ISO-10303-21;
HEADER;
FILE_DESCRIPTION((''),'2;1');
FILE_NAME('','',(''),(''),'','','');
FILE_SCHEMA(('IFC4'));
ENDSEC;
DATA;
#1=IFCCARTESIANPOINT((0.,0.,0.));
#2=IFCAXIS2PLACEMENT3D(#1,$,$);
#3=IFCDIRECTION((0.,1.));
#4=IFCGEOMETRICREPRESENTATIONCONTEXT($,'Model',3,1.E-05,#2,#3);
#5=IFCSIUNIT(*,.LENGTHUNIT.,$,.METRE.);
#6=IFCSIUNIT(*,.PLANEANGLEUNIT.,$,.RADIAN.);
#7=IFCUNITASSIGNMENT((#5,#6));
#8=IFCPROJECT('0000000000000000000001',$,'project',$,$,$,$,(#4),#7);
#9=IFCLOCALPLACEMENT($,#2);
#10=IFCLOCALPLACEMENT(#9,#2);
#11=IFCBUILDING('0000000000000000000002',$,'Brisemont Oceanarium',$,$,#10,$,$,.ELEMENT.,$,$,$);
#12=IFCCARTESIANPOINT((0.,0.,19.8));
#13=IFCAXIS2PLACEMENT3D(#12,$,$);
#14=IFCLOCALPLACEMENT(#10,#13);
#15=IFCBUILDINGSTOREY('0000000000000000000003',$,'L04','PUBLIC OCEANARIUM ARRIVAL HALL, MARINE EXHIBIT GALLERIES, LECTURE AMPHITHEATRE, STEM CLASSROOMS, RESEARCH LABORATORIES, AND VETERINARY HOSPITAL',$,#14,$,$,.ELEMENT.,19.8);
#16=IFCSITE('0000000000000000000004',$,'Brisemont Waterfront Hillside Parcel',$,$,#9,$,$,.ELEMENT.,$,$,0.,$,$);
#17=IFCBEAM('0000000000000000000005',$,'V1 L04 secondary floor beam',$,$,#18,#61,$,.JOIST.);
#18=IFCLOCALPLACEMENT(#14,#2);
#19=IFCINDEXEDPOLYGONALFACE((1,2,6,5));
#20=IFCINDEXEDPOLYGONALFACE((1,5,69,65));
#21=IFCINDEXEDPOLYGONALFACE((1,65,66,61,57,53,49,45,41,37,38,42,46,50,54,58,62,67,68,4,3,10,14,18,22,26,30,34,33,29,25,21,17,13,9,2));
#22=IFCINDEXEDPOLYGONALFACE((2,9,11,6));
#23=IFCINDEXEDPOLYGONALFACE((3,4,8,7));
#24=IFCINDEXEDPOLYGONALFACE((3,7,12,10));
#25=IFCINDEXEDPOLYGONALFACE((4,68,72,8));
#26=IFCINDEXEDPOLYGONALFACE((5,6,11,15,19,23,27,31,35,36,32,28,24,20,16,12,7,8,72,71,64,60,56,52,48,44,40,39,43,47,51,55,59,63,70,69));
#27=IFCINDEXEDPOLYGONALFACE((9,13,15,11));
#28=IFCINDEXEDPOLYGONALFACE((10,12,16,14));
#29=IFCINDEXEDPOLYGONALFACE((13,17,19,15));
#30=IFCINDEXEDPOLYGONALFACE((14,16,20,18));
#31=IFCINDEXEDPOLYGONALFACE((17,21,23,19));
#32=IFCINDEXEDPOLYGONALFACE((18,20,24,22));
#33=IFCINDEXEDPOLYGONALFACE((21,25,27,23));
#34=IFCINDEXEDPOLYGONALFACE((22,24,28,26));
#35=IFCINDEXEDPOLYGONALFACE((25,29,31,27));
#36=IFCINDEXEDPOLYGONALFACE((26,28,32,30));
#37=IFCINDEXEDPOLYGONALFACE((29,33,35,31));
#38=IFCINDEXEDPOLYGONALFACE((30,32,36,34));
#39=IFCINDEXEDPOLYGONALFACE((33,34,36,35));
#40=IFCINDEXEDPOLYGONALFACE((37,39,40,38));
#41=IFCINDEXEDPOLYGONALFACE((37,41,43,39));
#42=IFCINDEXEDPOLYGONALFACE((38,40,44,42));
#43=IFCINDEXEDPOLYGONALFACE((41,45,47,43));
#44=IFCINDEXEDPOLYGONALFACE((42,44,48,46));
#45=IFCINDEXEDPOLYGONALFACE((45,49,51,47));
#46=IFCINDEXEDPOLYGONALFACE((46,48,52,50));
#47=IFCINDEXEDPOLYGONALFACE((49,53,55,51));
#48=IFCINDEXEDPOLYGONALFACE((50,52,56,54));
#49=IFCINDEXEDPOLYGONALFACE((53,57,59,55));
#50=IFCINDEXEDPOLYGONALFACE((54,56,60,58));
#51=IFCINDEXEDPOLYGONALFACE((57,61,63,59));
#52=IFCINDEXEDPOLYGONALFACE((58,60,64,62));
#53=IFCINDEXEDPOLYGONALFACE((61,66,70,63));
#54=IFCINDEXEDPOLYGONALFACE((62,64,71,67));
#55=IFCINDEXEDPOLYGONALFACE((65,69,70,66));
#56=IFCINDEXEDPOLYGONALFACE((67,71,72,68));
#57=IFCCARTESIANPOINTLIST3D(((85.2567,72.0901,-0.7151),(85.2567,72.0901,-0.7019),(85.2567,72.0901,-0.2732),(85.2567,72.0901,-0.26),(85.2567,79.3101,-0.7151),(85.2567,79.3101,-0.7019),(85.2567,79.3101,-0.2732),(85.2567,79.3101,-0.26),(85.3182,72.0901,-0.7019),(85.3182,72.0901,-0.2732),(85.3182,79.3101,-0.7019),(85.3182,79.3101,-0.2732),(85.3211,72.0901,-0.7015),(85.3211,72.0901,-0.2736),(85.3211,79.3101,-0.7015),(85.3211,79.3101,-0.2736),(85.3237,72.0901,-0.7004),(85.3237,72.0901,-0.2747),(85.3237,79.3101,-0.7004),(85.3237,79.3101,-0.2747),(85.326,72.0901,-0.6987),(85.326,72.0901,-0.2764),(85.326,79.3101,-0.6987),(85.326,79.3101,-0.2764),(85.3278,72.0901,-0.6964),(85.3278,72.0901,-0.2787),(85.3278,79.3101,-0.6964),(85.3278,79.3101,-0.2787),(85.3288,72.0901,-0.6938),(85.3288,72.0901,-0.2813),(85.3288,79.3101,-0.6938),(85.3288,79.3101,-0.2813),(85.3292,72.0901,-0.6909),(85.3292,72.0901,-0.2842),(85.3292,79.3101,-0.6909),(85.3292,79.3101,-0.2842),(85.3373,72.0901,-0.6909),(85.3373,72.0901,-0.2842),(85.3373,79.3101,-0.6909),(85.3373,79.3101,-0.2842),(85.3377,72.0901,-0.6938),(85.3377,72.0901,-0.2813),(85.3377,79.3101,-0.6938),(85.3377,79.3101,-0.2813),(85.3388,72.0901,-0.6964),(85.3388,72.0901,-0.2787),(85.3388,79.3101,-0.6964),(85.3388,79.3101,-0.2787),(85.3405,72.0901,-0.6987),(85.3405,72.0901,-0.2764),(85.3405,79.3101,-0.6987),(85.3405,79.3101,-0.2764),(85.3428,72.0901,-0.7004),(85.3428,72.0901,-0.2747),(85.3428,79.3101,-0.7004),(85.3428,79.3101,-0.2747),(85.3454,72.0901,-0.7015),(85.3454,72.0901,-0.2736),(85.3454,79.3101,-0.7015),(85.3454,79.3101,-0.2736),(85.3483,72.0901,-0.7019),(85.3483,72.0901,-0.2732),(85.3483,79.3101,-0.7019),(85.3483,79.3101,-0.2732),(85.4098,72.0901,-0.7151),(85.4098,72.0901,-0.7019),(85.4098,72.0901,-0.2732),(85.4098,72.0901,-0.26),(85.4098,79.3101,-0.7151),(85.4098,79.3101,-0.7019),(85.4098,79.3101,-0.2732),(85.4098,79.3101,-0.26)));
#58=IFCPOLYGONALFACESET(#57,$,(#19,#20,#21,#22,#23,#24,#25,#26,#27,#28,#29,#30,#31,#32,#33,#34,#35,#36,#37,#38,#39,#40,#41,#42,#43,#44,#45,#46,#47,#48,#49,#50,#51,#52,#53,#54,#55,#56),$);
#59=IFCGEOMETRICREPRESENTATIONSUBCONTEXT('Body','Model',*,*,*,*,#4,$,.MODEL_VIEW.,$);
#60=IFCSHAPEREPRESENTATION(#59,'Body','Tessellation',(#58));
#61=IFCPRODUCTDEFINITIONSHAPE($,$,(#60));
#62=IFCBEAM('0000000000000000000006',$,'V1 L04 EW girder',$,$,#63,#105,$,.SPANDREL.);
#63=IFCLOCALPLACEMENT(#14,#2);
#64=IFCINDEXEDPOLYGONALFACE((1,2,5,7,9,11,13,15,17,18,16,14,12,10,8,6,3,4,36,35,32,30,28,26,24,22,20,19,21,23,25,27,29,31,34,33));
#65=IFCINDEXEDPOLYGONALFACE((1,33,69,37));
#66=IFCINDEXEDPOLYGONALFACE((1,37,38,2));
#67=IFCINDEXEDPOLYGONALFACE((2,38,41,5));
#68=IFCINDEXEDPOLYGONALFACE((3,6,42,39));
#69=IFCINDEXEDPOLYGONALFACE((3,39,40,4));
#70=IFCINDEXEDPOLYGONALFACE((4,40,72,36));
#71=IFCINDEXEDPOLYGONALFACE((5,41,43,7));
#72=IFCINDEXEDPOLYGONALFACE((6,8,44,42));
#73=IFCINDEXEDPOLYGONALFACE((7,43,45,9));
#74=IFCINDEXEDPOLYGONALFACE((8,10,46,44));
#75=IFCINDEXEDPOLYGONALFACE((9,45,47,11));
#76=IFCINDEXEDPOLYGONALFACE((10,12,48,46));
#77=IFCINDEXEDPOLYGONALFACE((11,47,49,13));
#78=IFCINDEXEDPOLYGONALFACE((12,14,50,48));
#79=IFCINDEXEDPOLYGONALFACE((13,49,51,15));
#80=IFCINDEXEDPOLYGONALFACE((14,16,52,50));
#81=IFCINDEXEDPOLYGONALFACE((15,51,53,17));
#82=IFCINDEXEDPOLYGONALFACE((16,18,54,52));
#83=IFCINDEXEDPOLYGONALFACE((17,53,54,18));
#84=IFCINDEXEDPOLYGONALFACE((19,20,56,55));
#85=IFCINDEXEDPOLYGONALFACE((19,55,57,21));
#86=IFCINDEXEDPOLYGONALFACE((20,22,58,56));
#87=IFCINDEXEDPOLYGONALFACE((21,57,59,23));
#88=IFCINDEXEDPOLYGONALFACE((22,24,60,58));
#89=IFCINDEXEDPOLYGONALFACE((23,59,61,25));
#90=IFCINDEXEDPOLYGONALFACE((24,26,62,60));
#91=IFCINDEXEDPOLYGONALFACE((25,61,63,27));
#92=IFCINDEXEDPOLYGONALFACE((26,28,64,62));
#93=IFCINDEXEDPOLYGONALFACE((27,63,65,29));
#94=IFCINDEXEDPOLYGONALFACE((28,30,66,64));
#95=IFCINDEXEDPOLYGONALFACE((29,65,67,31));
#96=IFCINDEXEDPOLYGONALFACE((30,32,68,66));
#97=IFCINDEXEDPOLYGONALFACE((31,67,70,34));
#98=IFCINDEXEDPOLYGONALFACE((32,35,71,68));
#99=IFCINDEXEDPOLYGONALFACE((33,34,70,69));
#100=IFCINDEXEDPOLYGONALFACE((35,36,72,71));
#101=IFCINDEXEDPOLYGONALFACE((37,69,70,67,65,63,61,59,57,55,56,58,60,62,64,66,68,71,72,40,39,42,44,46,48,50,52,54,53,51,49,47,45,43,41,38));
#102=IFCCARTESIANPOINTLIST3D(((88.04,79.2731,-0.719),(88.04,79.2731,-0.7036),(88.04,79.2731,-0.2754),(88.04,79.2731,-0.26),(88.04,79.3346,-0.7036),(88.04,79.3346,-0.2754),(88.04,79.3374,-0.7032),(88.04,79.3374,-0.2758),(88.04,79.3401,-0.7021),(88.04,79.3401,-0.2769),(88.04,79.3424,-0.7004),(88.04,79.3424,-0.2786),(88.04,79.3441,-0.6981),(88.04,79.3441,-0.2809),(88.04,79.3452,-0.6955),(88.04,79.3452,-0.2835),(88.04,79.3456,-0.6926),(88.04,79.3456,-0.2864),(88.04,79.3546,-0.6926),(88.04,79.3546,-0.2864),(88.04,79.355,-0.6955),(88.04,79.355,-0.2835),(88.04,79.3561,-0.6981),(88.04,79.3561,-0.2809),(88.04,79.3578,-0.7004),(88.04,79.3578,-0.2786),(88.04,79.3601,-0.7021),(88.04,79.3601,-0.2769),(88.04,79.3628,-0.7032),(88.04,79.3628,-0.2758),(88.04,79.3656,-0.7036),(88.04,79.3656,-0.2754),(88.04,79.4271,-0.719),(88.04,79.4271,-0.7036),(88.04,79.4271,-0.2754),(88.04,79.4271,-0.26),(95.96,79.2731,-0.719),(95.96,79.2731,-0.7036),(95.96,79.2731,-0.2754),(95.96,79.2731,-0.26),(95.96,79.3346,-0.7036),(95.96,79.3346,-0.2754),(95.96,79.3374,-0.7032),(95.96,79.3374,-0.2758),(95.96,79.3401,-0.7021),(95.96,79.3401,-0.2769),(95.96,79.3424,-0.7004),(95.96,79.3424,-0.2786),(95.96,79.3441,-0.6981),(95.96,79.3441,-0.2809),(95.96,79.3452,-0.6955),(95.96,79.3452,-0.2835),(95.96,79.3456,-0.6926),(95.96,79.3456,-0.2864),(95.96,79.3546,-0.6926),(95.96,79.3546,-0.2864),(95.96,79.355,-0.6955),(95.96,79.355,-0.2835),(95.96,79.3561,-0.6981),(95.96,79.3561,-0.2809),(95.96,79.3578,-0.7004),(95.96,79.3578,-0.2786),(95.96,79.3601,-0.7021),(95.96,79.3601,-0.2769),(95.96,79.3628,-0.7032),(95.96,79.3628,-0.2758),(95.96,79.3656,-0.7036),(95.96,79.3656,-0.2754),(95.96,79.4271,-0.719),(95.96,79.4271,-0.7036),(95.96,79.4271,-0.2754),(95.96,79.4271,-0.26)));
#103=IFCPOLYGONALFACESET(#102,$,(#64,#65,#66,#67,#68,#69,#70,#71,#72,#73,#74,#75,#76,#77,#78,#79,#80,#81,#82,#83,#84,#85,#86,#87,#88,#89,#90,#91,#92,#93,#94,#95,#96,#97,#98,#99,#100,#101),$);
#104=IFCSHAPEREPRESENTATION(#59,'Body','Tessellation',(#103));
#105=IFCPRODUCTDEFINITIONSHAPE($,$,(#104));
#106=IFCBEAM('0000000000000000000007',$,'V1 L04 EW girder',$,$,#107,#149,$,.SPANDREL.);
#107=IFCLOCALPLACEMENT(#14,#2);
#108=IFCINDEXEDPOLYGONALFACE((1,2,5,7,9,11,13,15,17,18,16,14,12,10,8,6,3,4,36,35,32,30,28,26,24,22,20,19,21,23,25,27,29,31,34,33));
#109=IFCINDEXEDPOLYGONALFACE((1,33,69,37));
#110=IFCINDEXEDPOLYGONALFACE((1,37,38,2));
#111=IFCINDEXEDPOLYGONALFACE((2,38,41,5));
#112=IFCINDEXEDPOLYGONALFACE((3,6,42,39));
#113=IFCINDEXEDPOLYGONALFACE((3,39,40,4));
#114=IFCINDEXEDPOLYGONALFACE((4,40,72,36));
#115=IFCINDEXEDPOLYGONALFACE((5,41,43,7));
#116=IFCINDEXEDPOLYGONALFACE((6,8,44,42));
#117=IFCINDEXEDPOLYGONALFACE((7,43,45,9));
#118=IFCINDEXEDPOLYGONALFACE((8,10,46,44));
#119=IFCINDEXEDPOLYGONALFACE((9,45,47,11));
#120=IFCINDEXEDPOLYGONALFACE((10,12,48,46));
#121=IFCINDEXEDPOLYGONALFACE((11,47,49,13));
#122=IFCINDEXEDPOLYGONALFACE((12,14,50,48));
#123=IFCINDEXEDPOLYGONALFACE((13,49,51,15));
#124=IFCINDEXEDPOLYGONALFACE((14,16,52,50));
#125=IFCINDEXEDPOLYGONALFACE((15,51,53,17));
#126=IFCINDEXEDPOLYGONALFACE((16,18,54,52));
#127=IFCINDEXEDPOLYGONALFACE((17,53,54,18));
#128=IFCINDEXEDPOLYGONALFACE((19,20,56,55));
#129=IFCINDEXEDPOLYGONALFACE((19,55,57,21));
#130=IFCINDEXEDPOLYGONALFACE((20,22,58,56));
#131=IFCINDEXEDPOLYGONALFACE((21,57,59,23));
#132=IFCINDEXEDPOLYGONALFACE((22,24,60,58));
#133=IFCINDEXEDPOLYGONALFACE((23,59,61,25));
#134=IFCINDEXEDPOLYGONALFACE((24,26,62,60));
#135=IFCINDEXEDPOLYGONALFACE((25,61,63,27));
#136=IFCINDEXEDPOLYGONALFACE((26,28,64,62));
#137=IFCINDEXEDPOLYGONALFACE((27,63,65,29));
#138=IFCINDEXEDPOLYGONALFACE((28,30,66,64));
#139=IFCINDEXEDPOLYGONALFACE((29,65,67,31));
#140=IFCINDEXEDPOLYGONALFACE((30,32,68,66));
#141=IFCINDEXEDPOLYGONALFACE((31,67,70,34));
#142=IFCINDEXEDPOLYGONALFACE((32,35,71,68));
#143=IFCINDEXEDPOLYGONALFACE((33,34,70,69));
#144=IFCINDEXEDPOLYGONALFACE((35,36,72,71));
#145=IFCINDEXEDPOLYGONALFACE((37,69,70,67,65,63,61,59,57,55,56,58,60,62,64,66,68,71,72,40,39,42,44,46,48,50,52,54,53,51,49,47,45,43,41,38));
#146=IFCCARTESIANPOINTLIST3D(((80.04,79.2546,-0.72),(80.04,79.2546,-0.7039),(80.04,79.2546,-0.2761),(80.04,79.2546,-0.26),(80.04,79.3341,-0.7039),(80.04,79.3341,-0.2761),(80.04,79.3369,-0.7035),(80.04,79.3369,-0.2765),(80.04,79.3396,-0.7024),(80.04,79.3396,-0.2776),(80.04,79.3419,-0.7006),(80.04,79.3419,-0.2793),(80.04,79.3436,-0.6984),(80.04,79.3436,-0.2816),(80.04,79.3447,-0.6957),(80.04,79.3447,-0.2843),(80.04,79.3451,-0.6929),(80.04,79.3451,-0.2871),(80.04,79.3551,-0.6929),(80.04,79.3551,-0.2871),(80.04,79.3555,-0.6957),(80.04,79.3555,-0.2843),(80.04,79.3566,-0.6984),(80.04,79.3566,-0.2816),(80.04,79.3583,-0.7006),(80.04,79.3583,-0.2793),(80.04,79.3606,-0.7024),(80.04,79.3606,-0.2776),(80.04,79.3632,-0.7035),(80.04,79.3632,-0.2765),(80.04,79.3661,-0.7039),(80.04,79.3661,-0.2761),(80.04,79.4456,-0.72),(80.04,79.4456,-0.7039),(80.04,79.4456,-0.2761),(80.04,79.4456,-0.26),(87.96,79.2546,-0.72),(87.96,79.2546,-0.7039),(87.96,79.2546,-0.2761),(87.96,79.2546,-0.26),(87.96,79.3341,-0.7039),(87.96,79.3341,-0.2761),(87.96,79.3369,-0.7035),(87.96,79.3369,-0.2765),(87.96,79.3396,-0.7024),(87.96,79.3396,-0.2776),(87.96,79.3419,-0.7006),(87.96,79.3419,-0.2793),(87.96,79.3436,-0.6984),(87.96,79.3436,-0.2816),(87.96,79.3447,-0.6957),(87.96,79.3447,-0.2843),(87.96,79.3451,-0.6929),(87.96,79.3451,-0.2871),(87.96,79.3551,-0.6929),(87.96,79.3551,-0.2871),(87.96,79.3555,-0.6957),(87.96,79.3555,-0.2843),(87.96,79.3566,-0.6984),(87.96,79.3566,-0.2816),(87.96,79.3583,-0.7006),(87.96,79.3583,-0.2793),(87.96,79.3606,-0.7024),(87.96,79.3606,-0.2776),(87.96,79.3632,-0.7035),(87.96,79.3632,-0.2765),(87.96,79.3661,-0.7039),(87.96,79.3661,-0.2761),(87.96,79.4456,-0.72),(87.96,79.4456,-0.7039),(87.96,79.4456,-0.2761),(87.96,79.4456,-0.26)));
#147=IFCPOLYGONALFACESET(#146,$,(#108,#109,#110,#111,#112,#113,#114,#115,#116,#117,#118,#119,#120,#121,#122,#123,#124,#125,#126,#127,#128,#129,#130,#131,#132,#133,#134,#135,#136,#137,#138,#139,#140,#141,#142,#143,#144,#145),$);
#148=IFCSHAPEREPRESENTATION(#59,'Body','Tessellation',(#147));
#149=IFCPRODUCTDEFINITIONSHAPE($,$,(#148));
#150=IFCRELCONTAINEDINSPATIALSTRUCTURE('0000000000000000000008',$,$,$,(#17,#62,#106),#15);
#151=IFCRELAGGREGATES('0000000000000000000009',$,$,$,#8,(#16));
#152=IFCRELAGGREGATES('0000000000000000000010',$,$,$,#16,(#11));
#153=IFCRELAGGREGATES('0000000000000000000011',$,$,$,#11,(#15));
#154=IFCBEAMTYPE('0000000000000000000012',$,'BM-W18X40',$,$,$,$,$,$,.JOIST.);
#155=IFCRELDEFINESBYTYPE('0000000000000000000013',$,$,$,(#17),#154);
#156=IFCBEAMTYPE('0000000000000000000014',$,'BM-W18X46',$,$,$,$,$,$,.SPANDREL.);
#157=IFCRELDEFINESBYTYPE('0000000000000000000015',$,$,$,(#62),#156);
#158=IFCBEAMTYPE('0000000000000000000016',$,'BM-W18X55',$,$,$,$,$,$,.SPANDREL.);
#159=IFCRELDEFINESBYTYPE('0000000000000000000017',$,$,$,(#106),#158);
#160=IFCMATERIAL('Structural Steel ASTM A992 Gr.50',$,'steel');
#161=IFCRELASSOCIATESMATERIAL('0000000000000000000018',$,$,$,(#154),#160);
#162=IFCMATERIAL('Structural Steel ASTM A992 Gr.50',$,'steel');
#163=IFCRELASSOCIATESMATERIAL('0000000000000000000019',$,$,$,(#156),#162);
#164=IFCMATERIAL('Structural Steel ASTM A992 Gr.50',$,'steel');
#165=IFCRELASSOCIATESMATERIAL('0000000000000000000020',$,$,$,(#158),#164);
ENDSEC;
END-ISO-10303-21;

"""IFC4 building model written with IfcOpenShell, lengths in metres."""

from ifc_helpers import new_model, si_unit, direction, frame, origin, origin_2d, place, context, subcontext, project, spatial, i_section, extrude, material, material_profile, profile_set, type_object, element, save


model = new_model("IFC4")

# Units and contexts
model_context = context("Model", 3, precision=1e-05, world=origin(), true_north=direction((0.0, 1.0)))
body_context = subcontext(model_context, "Body", "Model", "MODEL_VIEW")
ifc_project = project(units=[si_unit("LENGTHUNIT", "METRE"), si_unit("PLANEANGLEUNIT", "RADIAN")], contexts=[model_context])

# Site, building, storey
site_placement = place(None, origin())
site = spatial("IfcSite", under=ifc_project, at=site_placement, Name="Brisemont Waterfront Hillside Parcel", CompositionType="ELEMENT", RefElevation=0.0)
building_placement = place(site_placement, origin())
building = spatial("IfcBuilding", under=site, at=building_placement, Name="Brisemont Oceanarium", CompositionType="ELEMENT")
storey_placement = place(building_placement, frame((0.0, 0.0, 19.8)))
storey = spatial("IfcBuildingStorey", under=building, at=storey_placement, Name="L04", Description="PUBLIC OCEANARIUM ARRIVAL HALL, MARINE EXHIBIT GALLERIES, LECTURE AMPHITHEATRE, STEM CLASSROOMS, RESEARCH LABORATORIES, AND VETERINARY HOSPITAL", CompositionType="ELEMENT", Elevation=19.8)

# Beams
ifc_material_1 = material(Name="Structural Steel ASTM A992 Gr.50", Category="steel")
ifc_material_profile_1 = material_profile(ifc_material_1, i_section(OverallWidth=0.1531, OverallDepth=0.4551, WebThickness=0.0081, FlangeThickness=0.0132, FilletRadius=0.011, at=origin_2d()), Name="W18X40")
ifc_profile_set_1 = profile_set([ifc_material_profile_1], Name="Structural Steel ASTM A992 Gr.50")
beam_type_1 = type_object("IfcBeamType", Name="BM-W18X40", PredefinedType="JOIST", material=ifc_profile_set_1)
beam_1_placement = place(storey_placement, frame((85.3333, 72.0901, -0.4875), z_axis=(0.0, 1.0, 0.0), x_axis=(-1.0, 0.0, 0.0)))
element("IfcBeam", 1, at=beam_1_placement, inside=storey, type_object=beam_type_1, Name="V1 L04 secondary floor beam", PredefinedType="JOIST", context=body_context, shape_type="SweptSolid", body=[
    extrude(i_section(OverallWidth=0.1531, OverallDepth=0.4551, WebThickness=0.0081, FlangeThickness=0.0132, FilletRadius=0.011, at=origin_2d()), origin(), (0.0, 0.0, 1.0), 7.22),
])
ifc_material_2 = material(Name="Structural Steel ASTM A992 Gr.50", Category="steel")
ifc_material_profile_2 = material_profile(ifc_material_2, i_section(OverallWidth=0.1541, OverallDepth=0.459, WebThickness=0.009, FlangeThickness=0.0154, FilletRadius=0.011, at=origin_2d()), Name="W18X46")
ifc_profile_set_2 = profile_set([ifc_material_profile_2], Name="Structural Steel ASTM A992 Gr.50")
beam_type_2 = type_object("IfcBeamType", Name="BM-W18X46", PredefinedType="SPANDREL", material=ifc_profile_set_2)
beam_2_placement = place(storey_placement, frame((88.04, 79.3501, -0.4895), z_axis=(1.0, 0.0, 0.0), x_axis=(0.0, 1.0, 0.0)))
element("IfcBeam", 2, at=beam_2_placement, inside=storey, type_object=beam_type_2, Name="V1 L04 EW girder", PredefinedType="SPANDREL", context=body_context, shape_type="SweptSolid", body=[
    extrude(i_section(OverallWidth=0.1541, OverallDepth=0.459, WebThickness=0.009, FlangeThickness=0.0154, FilletRadius=0.011, at=origin_2d()), origin(), (0.0, 0.0, 1.0), 7.9199),
])
ifc_material_3 = material(Name="Structural Steel ASTM A992 Gr.50", Category="steel")
ifc_material_profile_3 = material_profile(ifc_material_3, i_section(OverallWidth=0.1909, OverallDepth=0.46, WebThickness=0.01, FlangeThickness=0.0161, FilletRadius=0.011, at=origin_2d()), Name="W18X55")
ifc_profile_set_3 = profile_set([ifc_material_profile_3], Name="Structural Steel ASTM A992 Gr.50")
beam_type_3 = type_object("IfcBeamType", Name="BM-W18X55", PredefinedType="SPANDREL", material=ifc_profile_set_3)
beam_3_placement = place(storey_placement, frame((80.04, 79.3501, -0.49), z_axis=(1.0, 0.0, 0.0), x_axis=(0.0, 1.0, 0.0)))
element("IfcBeam", 3, at=beam_3_placement, inside=storey, type_object=beam_type_3, Name="V1 L04 EW girder", PredefinedType="SPANDREL", context=body_context, shape_type="SweptSolid", body=[
    extrude(i_section(OverallWidth=0.1909, OverallDepth=0.46, WebThickness=0.01, FlangeThickness=0.0161, FilletRadius=0.011, at=origin_2d()), origin(), (0.0, 0.0, 1.0), 7.9199),
])

save(model, "model.ifc")
